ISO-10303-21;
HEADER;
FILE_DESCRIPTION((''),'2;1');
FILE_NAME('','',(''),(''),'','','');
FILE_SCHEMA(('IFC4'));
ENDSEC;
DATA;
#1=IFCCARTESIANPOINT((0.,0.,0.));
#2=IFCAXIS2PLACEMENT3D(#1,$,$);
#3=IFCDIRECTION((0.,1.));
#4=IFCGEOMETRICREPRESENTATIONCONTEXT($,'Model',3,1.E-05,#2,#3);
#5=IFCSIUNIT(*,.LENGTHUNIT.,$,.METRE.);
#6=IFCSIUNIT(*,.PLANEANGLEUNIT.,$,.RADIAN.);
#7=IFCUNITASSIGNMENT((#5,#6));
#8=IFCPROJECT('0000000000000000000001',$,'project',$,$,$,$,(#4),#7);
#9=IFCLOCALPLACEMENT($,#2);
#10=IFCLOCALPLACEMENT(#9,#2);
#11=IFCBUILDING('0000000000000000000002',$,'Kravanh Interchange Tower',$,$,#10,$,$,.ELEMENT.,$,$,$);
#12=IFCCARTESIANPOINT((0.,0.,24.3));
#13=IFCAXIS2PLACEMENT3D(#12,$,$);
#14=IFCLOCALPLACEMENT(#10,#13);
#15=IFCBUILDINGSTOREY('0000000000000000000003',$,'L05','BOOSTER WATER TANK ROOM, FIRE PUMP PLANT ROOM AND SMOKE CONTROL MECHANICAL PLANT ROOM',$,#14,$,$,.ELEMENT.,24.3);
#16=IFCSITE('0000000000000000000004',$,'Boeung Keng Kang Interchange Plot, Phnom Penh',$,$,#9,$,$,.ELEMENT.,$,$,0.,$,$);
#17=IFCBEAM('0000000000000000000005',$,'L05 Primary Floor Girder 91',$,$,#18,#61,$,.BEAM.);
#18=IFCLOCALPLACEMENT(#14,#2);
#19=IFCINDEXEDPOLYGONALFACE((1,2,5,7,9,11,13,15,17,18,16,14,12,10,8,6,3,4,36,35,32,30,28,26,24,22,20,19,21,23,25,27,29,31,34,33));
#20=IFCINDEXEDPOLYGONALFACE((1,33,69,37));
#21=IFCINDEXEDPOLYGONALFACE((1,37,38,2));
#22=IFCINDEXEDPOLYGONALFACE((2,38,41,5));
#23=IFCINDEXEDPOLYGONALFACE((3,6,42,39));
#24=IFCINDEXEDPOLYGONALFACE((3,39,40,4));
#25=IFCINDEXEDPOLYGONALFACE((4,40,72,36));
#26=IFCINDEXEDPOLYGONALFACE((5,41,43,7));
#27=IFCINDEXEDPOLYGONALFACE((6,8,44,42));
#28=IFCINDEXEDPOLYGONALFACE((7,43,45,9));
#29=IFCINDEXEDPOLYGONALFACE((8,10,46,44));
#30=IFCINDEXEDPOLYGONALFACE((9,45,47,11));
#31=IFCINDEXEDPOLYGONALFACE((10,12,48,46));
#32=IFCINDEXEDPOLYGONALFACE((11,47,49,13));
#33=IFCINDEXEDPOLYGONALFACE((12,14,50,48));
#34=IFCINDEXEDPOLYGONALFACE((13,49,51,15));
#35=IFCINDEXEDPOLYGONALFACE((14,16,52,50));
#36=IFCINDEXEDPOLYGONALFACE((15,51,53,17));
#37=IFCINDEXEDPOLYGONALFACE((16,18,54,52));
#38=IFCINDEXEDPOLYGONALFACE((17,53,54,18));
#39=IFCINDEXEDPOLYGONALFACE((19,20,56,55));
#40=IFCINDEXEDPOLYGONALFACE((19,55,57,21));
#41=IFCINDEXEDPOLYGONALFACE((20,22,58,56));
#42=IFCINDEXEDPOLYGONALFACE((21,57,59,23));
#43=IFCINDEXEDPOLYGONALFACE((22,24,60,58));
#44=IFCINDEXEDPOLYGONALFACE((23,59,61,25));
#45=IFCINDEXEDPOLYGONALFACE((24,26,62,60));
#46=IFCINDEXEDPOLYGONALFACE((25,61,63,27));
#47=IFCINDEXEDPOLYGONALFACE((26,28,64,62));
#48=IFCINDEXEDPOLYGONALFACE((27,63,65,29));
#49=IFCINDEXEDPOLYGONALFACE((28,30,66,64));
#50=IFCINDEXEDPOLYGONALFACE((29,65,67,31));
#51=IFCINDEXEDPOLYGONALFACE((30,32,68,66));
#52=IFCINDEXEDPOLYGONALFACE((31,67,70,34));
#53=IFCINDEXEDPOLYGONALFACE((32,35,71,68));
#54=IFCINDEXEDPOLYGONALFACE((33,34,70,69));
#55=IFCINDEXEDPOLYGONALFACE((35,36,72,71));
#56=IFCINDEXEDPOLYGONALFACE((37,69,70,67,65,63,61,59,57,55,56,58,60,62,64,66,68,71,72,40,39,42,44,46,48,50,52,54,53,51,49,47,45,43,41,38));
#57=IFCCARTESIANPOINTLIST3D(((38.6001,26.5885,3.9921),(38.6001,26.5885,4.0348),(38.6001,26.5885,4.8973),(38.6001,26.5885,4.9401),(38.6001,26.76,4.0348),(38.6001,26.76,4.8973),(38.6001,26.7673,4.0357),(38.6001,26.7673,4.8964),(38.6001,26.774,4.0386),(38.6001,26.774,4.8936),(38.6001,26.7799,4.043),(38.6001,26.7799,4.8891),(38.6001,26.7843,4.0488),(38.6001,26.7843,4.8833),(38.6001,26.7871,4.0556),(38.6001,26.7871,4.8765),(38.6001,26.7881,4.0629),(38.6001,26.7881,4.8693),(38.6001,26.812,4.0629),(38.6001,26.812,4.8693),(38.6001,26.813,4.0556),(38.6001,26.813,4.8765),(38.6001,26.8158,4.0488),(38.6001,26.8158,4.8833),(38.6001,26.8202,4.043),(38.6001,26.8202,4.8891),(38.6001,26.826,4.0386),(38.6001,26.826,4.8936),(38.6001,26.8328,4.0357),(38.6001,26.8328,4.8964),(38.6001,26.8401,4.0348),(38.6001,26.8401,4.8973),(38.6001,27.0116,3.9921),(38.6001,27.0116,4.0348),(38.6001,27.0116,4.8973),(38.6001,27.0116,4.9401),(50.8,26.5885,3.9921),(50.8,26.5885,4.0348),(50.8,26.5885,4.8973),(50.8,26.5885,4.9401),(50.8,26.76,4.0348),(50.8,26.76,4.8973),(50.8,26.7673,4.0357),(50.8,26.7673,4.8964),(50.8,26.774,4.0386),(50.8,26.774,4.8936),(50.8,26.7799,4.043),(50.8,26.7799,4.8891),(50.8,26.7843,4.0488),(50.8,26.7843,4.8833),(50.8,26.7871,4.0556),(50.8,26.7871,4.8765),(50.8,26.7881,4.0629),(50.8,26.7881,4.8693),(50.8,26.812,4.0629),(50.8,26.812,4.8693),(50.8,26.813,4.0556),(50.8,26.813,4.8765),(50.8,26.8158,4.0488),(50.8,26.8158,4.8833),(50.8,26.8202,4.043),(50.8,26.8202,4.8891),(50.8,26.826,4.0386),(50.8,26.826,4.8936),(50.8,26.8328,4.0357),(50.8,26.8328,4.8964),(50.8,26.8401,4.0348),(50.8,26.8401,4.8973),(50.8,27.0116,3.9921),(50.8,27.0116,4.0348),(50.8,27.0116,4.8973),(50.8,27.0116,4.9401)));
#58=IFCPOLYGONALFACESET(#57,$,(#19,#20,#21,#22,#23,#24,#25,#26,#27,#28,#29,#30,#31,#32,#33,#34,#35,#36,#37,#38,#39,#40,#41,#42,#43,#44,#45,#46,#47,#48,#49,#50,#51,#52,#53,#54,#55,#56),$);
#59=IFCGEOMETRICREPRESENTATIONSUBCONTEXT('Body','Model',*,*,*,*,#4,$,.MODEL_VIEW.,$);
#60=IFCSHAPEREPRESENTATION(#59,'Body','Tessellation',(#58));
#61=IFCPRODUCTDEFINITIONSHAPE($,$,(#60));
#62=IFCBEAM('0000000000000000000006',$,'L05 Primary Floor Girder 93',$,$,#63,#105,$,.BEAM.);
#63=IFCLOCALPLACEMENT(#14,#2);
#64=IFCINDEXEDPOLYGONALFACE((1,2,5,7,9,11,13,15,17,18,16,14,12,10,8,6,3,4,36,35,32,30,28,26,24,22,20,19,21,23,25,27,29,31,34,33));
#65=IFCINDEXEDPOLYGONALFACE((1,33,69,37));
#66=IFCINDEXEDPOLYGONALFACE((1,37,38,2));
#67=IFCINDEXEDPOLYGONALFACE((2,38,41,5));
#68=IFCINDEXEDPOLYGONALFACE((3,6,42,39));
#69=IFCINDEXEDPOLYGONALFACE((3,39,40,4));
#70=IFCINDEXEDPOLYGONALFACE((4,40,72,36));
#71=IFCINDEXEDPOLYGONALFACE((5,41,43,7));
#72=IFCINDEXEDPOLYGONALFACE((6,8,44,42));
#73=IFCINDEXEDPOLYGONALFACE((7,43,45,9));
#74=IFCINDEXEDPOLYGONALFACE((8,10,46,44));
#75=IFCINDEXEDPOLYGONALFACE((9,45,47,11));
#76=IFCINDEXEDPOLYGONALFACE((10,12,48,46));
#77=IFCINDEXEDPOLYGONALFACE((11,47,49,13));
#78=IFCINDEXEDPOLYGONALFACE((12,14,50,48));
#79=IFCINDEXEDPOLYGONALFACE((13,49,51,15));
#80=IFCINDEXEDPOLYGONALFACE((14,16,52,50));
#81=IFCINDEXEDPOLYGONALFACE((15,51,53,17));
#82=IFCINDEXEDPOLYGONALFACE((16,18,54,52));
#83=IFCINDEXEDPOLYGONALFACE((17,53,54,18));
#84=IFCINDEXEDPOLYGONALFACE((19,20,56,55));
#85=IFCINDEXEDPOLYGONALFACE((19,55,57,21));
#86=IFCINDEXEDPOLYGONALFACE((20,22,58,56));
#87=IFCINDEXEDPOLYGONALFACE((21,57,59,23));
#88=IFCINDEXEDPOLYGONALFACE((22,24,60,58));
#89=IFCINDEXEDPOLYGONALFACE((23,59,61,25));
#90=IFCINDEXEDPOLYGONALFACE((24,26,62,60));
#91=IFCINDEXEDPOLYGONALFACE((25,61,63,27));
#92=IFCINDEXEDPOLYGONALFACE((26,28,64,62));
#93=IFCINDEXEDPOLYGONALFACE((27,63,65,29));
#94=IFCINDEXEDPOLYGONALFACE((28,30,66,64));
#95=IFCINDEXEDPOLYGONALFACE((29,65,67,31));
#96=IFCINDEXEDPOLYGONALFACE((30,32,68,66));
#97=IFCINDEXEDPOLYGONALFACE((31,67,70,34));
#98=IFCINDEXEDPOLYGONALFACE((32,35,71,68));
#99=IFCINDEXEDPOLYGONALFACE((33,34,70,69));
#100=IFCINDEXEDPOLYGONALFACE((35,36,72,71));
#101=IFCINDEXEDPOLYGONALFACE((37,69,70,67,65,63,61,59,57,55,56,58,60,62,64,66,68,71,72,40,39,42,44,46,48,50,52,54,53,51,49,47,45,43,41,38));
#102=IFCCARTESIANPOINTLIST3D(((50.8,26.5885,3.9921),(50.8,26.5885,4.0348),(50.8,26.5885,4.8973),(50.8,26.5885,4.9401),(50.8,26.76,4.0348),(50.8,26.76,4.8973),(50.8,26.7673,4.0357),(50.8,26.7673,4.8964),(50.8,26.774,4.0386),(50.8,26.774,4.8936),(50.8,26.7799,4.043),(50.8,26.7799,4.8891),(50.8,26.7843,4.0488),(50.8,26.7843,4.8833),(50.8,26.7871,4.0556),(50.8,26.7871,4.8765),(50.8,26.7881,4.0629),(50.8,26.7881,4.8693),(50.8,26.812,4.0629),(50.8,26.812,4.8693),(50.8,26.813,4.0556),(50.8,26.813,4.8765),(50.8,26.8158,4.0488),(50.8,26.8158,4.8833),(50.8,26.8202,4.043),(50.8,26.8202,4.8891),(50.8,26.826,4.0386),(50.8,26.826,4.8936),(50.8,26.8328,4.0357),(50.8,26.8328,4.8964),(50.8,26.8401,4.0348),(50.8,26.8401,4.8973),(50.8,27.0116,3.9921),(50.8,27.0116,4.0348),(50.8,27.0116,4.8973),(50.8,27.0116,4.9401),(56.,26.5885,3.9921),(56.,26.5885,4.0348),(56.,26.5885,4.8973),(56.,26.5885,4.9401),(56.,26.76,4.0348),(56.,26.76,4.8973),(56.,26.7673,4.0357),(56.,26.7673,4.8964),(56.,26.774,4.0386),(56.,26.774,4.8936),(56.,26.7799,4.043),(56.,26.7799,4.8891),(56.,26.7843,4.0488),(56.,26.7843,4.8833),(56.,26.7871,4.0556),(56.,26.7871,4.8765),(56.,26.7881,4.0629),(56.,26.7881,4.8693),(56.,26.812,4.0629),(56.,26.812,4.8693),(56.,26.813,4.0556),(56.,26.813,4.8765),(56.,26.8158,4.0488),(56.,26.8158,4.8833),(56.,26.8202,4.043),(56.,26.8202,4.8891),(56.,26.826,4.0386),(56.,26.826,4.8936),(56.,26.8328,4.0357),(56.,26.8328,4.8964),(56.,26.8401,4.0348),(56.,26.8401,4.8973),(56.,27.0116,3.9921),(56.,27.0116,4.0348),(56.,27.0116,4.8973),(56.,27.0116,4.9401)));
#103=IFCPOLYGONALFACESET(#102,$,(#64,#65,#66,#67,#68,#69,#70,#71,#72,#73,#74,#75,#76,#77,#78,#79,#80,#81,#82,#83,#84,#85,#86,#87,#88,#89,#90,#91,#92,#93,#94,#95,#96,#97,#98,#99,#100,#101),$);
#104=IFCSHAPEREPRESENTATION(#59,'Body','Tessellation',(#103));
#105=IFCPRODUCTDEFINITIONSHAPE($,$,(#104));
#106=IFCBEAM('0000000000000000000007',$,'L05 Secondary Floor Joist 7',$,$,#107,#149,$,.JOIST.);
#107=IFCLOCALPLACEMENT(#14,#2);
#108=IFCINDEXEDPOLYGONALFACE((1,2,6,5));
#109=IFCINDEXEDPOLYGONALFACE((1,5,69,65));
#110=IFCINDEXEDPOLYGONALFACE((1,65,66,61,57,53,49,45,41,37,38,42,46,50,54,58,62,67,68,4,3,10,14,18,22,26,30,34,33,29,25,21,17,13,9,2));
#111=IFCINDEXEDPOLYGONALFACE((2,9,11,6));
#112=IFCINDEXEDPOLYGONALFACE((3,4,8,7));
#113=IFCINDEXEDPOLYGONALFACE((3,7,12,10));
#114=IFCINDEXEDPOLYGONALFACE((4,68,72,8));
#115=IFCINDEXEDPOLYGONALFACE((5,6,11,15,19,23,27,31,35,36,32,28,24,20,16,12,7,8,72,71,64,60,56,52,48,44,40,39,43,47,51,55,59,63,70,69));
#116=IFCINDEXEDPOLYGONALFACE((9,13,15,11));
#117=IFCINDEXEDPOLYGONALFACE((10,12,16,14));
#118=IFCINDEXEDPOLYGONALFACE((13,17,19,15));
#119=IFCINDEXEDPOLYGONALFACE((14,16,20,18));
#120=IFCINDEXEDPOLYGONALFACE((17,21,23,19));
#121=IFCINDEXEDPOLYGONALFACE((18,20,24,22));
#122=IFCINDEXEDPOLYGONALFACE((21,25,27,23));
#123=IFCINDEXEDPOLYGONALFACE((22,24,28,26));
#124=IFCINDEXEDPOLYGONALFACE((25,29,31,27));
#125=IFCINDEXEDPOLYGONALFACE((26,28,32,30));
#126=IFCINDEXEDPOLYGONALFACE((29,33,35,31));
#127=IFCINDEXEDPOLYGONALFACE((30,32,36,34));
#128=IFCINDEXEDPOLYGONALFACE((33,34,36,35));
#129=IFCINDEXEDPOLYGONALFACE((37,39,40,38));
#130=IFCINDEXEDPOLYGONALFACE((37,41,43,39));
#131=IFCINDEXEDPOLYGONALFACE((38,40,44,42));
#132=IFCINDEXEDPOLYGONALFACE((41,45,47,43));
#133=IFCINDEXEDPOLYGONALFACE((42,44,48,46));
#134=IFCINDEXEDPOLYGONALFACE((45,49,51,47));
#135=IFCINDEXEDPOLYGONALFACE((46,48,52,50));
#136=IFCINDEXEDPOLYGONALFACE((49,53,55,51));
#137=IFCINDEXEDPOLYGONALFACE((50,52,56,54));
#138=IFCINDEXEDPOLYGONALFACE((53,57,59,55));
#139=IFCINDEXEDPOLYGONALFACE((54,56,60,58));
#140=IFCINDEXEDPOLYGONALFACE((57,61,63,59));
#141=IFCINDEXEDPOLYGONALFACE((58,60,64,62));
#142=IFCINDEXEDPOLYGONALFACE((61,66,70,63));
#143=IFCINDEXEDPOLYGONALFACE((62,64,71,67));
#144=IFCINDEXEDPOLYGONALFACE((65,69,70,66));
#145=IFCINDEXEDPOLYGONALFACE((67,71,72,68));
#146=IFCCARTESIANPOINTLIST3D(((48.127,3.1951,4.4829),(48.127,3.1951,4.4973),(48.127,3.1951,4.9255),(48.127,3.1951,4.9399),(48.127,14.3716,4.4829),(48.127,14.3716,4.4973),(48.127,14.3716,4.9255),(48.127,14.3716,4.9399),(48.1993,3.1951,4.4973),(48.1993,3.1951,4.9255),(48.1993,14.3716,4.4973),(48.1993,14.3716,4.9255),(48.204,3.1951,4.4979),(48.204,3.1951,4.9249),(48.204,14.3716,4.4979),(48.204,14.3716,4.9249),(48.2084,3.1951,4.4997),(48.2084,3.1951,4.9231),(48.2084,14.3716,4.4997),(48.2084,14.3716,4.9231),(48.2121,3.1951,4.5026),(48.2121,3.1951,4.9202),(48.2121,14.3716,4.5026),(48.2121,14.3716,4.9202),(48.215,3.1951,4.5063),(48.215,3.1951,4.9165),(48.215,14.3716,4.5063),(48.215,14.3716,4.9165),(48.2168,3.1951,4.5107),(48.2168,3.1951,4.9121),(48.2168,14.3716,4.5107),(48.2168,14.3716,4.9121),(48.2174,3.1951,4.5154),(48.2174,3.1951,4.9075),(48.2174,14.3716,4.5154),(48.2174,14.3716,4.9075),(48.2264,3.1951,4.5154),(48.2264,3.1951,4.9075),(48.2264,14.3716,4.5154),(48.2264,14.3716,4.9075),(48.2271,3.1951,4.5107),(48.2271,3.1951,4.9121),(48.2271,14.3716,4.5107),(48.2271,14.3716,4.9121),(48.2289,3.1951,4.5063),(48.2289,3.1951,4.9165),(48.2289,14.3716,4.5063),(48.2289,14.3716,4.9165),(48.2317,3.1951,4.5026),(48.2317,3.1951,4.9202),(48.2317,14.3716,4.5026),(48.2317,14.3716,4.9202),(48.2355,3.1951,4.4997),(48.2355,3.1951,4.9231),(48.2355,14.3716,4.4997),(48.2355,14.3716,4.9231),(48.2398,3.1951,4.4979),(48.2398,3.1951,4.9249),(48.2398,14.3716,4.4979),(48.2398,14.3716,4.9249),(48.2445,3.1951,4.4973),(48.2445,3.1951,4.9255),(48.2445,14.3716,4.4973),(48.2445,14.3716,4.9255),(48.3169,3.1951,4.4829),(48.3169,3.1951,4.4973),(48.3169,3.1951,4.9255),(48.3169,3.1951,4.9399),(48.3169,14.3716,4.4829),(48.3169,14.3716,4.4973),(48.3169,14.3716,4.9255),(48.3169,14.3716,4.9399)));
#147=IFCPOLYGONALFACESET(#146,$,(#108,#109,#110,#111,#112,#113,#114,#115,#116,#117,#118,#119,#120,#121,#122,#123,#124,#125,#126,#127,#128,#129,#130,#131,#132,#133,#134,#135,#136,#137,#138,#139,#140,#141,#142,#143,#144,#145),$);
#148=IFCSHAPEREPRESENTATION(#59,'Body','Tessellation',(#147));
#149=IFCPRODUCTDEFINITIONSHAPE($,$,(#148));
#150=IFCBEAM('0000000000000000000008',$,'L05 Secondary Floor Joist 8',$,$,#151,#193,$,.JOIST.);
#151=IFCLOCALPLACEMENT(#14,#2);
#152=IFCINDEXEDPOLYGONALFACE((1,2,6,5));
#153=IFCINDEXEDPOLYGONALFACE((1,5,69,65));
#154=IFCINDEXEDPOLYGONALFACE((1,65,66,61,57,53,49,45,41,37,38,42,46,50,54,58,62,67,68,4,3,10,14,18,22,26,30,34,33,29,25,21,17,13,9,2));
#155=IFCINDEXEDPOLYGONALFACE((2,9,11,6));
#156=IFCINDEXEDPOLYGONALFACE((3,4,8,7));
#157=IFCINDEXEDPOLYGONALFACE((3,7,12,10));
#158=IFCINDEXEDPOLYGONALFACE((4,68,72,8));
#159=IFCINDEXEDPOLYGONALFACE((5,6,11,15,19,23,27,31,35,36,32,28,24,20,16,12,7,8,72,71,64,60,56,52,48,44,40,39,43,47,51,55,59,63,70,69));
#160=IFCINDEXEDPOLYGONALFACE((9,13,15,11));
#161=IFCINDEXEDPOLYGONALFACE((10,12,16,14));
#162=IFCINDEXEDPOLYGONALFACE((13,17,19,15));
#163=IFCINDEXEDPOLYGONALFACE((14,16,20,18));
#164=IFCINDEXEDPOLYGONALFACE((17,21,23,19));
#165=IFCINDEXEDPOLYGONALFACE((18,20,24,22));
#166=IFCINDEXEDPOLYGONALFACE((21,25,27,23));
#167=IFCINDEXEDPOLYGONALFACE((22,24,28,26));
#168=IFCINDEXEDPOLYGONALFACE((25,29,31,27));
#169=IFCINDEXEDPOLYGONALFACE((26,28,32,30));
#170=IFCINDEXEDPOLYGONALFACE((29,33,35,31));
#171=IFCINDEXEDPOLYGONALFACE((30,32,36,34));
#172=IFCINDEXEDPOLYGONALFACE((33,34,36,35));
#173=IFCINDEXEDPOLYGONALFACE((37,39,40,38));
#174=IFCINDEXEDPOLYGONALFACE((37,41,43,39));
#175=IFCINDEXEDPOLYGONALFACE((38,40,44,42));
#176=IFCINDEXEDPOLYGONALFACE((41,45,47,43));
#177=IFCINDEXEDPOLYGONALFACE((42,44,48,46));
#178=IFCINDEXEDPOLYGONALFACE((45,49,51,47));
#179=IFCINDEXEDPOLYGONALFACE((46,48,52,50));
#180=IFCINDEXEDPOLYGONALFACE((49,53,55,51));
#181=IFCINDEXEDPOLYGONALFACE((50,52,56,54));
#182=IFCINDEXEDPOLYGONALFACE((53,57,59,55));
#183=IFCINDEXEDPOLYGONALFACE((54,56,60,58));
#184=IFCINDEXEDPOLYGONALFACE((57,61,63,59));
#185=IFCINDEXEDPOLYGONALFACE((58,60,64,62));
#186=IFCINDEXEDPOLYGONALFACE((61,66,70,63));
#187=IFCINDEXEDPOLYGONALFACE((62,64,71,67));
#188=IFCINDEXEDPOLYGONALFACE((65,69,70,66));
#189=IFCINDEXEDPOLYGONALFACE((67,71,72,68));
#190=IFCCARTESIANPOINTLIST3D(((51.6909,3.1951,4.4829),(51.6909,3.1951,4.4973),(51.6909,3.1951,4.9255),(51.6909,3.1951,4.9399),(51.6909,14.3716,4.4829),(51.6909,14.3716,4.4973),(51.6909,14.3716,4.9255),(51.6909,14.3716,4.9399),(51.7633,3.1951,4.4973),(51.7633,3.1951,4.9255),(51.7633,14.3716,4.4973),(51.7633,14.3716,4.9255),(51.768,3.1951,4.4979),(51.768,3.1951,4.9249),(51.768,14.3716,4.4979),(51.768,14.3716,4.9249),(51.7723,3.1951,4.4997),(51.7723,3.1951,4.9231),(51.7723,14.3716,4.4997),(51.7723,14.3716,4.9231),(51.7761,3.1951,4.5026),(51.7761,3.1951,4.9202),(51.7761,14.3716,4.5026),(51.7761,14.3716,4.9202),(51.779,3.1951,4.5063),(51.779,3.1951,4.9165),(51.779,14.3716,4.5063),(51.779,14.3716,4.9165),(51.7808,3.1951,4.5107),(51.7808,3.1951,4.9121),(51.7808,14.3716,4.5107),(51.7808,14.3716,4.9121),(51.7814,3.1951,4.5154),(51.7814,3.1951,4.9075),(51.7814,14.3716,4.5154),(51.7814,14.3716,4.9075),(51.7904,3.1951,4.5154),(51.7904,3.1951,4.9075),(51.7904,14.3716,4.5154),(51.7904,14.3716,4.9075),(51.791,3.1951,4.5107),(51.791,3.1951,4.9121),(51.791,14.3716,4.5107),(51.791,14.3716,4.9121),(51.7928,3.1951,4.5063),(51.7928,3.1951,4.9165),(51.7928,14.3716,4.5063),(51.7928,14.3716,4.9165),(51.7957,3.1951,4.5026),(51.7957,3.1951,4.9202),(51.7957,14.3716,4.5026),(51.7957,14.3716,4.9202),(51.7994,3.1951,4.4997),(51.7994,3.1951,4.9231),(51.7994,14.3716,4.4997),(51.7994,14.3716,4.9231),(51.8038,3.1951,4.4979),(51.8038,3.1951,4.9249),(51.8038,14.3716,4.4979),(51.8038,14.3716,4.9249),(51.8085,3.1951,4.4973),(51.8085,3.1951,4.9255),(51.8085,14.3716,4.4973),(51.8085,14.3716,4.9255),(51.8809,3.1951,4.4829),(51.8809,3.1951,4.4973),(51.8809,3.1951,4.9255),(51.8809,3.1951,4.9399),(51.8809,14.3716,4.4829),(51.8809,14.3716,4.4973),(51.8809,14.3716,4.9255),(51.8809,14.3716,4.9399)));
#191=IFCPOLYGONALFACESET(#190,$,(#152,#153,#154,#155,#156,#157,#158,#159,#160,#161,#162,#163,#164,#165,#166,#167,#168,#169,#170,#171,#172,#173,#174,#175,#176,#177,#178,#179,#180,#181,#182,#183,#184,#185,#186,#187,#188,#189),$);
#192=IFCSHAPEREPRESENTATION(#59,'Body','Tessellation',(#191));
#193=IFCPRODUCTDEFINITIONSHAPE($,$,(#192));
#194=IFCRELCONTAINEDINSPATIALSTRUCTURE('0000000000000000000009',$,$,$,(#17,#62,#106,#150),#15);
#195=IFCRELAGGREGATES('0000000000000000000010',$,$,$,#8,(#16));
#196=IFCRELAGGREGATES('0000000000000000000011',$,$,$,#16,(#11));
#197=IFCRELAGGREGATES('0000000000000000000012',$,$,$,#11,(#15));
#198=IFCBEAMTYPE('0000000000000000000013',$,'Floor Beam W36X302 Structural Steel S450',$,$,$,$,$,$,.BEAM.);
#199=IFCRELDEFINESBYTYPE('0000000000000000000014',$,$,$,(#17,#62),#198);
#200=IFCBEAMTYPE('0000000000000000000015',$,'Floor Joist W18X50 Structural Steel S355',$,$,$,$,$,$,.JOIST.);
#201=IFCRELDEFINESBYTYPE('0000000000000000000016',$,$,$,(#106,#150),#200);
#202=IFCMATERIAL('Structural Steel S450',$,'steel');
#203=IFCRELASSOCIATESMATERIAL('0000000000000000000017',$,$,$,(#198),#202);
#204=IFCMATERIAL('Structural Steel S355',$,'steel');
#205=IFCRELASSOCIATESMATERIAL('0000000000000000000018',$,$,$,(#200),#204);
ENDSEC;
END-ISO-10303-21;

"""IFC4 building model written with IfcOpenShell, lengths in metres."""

from ifc_helpers import new_model, si_unit, direction, frame, origin, origin_2d, place, context, subcontext, project, spatial, i_section, extrude, material, material_profile, profile_set, type_object, element, save


model = new_model("IFC4")

# Units and contexts
model_context = context("Model", 3, precision=1e-05, world=origin(), true_north=direction((0.0, 1.0)))
body_context = subcontext(model_context, "Body", "Model", "MODEL_VIEW")
ifc_project = project(units=[si_unit("LENGTHUNIT", "METRE"), si_unit("PLANEANGLEUNIT", "RADIAN")], contexts=[model_context])

# Site, building, storey
site_placement = place(None, origin())
site = spatial("IfcSite", under=ifc_project, at=site_placement, Name="Boeung Keng Kang Interchange Plot, Phnom Penh", CompositionType="ELEMENT", RefElevation=0.0)
building_placement = place(site_placement, origin())
building = spatial("IfcBuilding", under=site, at=building_placement, Name="Kravanh Interchange Tower", CompositionType="ELEMENT")
storey_placement = place(building_placement, frame((0.0, 0.0, 24.3)))
storey = spatial("IfcBuildingStorey", under=building, at=storey_placement, Name="L05", Description="BOOSTER WATER TANK ROOM, FIRE PUMP PLANT ROOM AND SMOKE CONTROL MECHANICAL PLANT ROOM", CompositionType="ELEMENT", Elevation=24.3)

# Beams
ifc_material_1 = material(Name="Structural Steel S450", Category="steel")
ifc_material_profile_1 = material_profile(ifc_material_1, i_section(OverallWidth=0.4231, OverallDepth=0.948, WebThickness=0.0239, FlangeThickness=0.0427, FilletRadius=0.0281, at=origin_2d()), Name="W36X302")
ifc_profile_set_1 = profile_set([ifc_material_profile_1], Name="Structural Steel S450")
beam_type_1 = type_object("IfcBeamType", Name="Floor Beam W36X302 Structural Steel S450", PredefinedType="BEAM", material=ifc_profile_set_1)
beam_1_placement = place(storey_placement, frame((38.6001, 26.8, 4.4661), z_axis=(1.0, 0.0, 0.0), x_axis=(0.0, 1.0, 0.0)))
element("IfcBeam", 1, at=beam_1_placement, inside=storey, type_object=beam_type_1, Name="L05 Primary Floor Girder 91", PredefinedType="BEAM", context=body_context, shape_type="SweptSolid", body=[
    extrude(i_section(OverallWidth=0.4231, OverallDepth=0.948, WebThickness=0.0239, FlangeThickness=0.0427, FilletRadius=0.0281, at=origin_2d()), origin(), (0.0, 0.0, 1.0), 12.2),
])
beam_2_placement = place(storey_placement, frame((50.8, 26.8, 4.4661), z_axis=(1.0, 0.0, 0.0), x_axis=(0.0, 1.0, 0.0)))
element("IfcBeam", 2, at=beam_2_placement, inside=storey, type_object=beam_type_1, Name="L05 Primary Floor Girder 93", PredefinedType="BEAM", context=body_context, shape_type="SweptSolid", body=[
    extrude(i_section(OverallWidth=0.4231, OverallDepth=0.948, WebThickness=0.0239, FlangeThickness=0.0427, FilletRadius=0.0281, at=origin_2d()), origin(), (0.0, 0.0, 1.0), 5.2),
])
ifc_material_2 = material(Name="Structural Steel S355", Category="steel")
ifc_material_profile_2 = material_profile(ifc_material_2, i_section(OverallWidth=0.1899, OverallDepth=0.457, WebThickness=0.009, FlangeThickness=0.0144, FilletRadius=0.0181, at=origin_2d()), Name="W18X50")
ifc_profile_set_2 = profile_set([ifc_material_profile_2], Name="Structural Steel S355")
beam_type_2 = type_object("IfcBeamType", Name="Floor Joist W18X50 Structural Steel S355", PredefinedType="JOIST", material=ifc_profile_set_2)
for number, where, z_axis, x_axis, name in (
    (3, (48.2219, 3.1951, 4.7114), (0.0, 1.0, 0.0), (-1.0, 0.0, 0.0), "L05 Secondary Floor Joist 7"),
    (4, (51.7859, 3.1951, 4.7114), (0.0, 1.0, 0.0), (-1.0, 0.0, 0.0), "L05 Secondary Floor Joist 8"),
):
    element("IfcBeam", number, at=place(storey_placement, frame(where, z_axis=z_axis, x_axis=x_axis)), inside=storey, type_object=beam_type_2, Name=name, PredefinedType="JOIST", context=body_context, shape_type="SweptSolid", body=[
        extrude(i_section(OverallWidth=0.1899, OverallDepth=0.457, WebThickness=0.009, FlangeThickness=0.0144, FilletRadius=0.0181, at=origin_2d()), origin(), (0.0, 0.0, 1.0), 11.1765),
    ])

save(model, "model.ifc")
